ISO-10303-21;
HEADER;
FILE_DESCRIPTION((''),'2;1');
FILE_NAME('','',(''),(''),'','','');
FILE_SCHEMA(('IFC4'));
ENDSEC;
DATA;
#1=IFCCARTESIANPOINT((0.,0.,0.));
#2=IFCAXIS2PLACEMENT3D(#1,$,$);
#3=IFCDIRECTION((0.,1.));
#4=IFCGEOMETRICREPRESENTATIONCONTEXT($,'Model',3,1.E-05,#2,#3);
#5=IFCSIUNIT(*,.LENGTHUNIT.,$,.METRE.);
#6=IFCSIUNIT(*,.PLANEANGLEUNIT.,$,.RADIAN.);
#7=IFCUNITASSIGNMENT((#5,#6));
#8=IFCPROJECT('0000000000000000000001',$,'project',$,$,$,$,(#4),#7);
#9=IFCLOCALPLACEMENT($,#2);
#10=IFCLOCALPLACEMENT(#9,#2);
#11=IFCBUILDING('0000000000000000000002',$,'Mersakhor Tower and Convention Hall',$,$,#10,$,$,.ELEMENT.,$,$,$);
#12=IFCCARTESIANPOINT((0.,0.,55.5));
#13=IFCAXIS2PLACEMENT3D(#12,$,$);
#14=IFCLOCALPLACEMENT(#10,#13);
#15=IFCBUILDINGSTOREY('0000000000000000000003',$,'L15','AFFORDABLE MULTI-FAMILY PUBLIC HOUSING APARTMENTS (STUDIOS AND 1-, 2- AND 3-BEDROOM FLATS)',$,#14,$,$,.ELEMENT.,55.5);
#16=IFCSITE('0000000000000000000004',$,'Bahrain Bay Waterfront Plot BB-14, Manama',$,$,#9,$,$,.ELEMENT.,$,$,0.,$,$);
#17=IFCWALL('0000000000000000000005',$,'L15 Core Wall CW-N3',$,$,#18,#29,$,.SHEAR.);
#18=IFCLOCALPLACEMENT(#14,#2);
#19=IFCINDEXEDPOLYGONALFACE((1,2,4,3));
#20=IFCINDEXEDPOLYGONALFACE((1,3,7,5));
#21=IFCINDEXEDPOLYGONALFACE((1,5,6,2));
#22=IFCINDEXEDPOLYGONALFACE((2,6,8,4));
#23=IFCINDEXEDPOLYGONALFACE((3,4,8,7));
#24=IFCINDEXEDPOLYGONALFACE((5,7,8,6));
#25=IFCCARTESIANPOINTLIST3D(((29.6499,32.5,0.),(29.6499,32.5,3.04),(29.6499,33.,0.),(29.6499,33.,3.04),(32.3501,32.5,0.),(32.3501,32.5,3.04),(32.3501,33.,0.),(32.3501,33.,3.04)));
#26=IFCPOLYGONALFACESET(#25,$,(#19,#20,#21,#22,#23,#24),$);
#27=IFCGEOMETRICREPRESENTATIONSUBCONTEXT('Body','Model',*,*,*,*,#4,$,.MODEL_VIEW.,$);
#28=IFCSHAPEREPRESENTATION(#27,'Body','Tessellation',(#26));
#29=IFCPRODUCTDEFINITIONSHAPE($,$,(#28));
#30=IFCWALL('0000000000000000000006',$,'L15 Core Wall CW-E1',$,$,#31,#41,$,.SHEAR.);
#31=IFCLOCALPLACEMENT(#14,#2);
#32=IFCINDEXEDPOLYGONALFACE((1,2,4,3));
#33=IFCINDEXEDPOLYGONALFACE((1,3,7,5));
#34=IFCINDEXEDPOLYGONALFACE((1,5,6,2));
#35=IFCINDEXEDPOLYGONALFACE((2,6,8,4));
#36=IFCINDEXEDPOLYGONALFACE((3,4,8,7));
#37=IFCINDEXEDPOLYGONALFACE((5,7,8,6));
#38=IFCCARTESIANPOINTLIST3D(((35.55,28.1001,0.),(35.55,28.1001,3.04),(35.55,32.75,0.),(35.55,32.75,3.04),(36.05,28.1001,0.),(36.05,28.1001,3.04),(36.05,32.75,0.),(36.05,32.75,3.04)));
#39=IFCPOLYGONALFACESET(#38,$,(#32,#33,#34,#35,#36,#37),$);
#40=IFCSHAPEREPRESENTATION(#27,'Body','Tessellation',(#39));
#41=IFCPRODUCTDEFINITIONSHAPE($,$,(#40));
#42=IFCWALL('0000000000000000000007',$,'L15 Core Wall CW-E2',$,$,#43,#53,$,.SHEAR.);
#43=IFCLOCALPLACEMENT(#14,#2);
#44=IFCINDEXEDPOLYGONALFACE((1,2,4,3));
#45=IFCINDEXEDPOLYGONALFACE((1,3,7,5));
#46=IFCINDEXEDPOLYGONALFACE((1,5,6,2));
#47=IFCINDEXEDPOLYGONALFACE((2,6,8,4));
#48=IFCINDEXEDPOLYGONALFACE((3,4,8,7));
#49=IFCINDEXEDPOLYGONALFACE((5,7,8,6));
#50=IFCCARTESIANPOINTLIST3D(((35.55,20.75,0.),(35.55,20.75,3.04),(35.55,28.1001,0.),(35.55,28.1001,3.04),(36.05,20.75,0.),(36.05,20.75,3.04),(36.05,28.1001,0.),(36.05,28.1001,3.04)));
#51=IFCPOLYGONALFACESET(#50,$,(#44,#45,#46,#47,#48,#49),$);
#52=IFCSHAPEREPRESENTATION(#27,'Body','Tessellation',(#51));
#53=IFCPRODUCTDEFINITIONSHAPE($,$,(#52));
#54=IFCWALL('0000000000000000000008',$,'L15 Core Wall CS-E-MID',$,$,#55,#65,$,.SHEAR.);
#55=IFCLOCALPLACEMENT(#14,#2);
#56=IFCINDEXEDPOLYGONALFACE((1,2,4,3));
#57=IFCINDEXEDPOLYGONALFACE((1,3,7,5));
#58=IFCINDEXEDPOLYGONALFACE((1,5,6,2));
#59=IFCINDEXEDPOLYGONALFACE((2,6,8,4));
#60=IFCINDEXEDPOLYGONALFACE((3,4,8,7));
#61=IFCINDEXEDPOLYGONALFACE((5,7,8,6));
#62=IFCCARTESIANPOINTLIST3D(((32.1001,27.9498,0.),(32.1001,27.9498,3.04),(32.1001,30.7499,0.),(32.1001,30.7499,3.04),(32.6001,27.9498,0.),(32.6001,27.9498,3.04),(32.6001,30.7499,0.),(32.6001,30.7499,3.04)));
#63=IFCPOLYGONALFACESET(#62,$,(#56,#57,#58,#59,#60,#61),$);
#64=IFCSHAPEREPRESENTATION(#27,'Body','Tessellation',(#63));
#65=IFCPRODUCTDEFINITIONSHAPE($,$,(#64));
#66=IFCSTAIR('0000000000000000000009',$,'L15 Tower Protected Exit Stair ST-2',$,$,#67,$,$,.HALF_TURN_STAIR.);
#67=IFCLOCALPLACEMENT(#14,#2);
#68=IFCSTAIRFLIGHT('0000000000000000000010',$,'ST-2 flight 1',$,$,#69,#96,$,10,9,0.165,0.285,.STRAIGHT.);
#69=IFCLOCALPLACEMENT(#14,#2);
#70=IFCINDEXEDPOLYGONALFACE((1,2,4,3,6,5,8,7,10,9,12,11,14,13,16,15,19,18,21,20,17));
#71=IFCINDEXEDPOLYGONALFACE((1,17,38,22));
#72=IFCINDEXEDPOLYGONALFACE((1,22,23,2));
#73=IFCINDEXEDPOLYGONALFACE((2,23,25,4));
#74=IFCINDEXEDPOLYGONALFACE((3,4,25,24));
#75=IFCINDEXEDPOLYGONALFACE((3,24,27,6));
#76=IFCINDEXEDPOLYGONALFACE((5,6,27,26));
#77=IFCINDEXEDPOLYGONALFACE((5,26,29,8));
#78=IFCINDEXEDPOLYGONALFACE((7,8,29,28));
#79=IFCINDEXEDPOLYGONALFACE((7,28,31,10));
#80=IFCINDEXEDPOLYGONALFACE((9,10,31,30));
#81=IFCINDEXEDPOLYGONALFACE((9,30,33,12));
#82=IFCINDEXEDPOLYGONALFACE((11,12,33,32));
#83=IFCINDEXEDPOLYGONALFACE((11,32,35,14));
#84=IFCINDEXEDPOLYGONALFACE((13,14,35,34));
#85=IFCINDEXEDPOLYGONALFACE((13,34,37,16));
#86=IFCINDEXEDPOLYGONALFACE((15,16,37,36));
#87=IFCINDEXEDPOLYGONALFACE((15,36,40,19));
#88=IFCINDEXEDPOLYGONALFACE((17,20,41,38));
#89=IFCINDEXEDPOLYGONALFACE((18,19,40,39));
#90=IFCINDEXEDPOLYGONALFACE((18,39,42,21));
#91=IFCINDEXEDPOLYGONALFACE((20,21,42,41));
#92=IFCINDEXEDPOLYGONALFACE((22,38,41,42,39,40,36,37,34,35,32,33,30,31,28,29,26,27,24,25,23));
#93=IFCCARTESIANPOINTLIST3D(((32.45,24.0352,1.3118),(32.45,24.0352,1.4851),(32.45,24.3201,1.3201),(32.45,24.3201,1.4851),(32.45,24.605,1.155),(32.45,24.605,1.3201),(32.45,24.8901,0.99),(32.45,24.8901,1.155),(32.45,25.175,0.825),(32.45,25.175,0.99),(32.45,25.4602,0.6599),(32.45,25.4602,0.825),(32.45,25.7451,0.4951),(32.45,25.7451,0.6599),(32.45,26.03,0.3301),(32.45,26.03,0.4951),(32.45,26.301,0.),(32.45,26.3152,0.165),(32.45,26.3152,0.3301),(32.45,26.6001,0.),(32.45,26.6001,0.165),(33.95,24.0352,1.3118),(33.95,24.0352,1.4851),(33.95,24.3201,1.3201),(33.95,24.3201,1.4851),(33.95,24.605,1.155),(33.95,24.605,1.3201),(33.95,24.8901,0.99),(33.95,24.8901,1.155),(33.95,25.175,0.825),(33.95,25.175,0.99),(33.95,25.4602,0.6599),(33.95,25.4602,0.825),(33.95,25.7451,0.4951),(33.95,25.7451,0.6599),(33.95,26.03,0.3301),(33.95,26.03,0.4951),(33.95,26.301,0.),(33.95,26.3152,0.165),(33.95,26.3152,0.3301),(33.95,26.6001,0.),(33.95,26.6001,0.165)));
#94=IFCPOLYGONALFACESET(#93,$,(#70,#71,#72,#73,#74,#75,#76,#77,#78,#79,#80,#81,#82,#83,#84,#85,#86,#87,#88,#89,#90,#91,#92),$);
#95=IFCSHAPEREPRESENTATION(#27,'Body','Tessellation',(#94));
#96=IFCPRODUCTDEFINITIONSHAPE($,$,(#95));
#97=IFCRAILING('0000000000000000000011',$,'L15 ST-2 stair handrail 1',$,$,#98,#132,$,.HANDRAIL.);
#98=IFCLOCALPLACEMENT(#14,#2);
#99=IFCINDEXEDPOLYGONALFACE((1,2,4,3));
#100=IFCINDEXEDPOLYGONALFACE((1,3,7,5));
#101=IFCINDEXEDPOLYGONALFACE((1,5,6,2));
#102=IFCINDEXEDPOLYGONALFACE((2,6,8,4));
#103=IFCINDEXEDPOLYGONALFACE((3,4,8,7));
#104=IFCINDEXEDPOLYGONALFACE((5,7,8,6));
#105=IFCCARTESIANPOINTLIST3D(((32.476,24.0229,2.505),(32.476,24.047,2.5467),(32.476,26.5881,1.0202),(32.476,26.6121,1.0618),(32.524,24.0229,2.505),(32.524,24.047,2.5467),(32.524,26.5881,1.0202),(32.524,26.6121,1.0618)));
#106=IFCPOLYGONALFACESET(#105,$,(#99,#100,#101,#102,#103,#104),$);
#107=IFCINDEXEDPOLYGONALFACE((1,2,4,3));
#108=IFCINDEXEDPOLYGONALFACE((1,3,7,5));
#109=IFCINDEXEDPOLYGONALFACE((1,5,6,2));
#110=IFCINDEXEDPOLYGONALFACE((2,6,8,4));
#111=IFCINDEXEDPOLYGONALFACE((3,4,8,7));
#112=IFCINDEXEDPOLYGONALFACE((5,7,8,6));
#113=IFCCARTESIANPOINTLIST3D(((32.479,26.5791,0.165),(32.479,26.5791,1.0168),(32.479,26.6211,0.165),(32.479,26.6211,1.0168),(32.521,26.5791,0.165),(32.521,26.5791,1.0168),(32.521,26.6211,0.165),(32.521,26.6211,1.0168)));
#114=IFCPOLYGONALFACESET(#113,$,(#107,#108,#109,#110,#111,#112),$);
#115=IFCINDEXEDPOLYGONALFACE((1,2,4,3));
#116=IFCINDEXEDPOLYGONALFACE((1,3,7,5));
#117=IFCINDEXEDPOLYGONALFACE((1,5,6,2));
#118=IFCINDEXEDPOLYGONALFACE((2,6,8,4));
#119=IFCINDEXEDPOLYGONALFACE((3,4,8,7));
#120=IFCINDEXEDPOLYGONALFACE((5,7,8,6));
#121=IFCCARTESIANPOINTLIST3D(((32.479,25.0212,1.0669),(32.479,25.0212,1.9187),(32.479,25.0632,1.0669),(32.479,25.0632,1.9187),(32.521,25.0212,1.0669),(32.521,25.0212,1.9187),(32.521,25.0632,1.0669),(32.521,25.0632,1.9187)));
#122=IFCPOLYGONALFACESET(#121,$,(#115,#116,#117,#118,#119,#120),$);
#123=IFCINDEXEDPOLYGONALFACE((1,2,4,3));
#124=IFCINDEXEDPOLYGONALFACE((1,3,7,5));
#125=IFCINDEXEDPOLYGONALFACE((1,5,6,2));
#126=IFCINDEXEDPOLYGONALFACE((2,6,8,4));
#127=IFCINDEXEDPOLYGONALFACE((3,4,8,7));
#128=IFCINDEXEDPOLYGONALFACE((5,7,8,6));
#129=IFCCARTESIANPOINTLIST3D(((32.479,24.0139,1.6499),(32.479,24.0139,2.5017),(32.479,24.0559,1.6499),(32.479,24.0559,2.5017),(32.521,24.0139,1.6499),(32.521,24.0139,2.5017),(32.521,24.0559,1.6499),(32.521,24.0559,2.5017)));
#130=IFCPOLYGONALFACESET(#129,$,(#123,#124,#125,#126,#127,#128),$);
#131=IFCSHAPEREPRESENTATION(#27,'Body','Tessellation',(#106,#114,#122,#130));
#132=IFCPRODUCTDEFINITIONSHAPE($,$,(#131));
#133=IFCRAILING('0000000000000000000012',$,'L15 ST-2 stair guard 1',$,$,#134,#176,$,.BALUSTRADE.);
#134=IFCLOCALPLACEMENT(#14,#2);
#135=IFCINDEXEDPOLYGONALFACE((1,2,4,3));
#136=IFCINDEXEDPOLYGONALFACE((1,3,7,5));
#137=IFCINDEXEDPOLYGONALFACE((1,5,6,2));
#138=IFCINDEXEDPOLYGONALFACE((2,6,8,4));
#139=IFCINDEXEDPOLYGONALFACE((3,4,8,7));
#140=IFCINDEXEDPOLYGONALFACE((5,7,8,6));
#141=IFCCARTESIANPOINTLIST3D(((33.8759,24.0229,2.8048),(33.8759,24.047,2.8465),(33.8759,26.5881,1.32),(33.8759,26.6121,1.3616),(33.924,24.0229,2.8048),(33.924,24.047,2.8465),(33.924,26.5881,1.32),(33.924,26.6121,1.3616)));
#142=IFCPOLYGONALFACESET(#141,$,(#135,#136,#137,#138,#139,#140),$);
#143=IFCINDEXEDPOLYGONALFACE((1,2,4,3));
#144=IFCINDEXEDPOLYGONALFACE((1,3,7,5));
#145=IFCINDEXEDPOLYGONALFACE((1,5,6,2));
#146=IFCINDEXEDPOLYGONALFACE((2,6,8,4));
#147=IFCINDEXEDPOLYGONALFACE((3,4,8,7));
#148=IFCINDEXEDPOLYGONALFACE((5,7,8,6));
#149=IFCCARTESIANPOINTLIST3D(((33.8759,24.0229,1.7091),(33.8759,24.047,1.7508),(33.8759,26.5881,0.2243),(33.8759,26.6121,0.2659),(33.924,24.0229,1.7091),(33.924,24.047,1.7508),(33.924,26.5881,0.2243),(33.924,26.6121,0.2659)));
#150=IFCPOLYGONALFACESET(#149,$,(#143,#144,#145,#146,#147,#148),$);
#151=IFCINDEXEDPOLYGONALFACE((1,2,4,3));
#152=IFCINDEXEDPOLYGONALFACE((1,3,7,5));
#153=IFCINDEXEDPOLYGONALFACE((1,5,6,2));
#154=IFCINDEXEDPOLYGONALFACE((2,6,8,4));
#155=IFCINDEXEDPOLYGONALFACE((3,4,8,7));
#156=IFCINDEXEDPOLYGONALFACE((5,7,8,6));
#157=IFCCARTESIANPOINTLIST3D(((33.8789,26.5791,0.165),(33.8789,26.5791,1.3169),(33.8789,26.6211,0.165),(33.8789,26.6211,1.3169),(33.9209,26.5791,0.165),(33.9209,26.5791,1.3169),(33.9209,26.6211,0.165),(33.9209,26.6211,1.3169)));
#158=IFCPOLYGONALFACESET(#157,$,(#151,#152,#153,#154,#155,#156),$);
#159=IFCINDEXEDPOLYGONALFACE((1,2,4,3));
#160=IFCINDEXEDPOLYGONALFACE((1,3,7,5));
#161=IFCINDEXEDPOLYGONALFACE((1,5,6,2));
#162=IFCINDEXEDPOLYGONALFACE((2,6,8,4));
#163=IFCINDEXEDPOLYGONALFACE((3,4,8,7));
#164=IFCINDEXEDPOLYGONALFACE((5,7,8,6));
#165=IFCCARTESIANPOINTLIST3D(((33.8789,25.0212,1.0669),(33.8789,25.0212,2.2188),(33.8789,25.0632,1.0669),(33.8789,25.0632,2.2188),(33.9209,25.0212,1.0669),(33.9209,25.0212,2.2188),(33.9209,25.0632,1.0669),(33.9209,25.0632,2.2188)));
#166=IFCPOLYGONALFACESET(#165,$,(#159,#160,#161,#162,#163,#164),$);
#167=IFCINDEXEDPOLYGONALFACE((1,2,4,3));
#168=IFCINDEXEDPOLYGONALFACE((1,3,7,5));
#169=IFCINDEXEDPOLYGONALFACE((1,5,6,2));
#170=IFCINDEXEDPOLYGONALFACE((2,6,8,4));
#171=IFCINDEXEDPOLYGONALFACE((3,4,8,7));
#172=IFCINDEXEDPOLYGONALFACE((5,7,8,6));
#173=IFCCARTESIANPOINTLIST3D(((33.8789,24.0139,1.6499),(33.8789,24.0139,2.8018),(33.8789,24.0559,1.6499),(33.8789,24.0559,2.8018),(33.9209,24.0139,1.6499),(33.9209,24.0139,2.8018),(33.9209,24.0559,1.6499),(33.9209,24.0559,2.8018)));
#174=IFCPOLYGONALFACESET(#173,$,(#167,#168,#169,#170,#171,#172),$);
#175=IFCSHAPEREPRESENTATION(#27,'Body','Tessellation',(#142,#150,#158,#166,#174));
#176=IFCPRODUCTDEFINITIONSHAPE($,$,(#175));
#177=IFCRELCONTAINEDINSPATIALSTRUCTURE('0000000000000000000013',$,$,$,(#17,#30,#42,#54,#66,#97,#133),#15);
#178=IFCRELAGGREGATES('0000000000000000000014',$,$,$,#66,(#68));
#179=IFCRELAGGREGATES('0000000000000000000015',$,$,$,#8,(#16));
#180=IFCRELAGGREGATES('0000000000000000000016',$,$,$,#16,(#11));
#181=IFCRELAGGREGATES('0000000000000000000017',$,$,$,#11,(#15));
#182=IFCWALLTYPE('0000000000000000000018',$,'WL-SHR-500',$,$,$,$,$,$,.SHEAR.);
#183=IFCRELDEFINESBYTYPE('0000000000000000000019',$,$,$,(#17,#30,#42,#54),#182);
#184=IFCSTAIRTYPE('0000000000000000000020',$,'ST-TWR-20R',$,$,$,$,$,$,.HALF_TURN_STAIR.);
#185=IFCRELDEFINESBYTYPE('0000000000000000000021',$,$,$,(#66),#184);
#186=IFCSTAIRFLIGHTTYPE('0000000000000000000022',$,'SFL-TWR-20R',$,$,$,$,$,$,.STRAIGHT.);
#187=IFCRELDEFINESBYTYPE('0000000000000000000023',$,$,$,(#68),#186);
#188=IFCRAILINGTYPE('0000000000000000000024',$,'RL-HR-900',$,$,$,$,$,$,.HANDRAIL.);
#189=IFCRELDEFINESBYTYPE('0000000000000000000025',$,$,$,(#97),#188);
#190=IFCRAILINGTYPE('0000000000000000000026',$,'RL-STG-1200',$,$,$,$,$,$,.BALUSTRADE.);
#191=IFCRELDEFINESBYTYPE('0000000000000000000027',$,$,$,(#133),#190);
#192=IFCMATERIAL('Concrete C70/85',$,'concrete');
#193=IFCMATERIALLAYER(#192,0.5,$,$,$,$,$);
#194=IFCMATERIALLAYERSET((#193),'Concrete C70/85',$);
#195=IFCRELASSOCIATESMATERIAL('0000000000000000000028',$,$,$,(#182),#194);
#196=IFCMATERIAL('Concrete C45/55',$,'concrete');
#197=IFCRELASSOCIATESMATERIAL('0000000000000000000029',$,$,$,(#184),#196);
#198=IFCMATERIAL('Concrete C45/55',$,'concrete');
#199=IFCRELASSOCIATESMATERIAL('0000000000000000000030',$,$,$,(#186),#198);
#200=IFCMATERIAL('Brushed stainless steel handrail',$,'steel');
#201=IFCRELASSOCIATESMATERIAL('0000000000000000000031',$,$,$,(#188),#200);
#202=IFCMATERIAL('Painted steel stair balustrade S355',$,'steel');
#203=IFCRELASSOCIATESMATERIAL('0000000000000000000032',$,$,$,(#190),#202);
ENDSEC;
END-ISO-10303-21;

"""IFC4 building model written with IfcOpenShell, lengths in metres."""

from ifc_helpers import new_model, si_unit, direction, frame, frame_2d, origin, origin_2d, place, context, subcontext, project, spatial, polyline, rectangle, outline, extrude, material, layer, layer_set, type_object, element, aggregate, save


model = new_model("IFC4")

# Units and contexts
model_context = context("Model", 3, precision=1e-05, world=origin(), true_north=direction((0.0, 1.0)))
body_context = subcontext(model_context, "Body", "Model", "MODEL_VIEW")
ifc_project = project(units=[si_unit("LENGTHUNIT", "METRE"), si_unit("PLANEANGLEUNIT", "RADIAN")], contexts=[model_context])

# Site, building, storey
site_placement = place(None, origin())
site = spatial("IfcSite", under=ifc_project, at=site_placement, Name="Bahrain Bay Waterfront Plot BB-14, Manama", CompositionType="ELEMENT", RefElevation=0.0)
building_placement = place(site_placement, origin())
building = spatial("IfcBuilding", under=site, at=building_placement, Name="Mersakhor Tower and Convention Hall", CompositionType="ELEMENT")
storey_placement = place(building_placement, frame((0.0, 0.0, 55.5)))
storey = spatial("IfcBuildingStorey", under=building, at=storey_placement, Name="L15", Description="AFFORDABLE MULTI-FAMILY PUBLIC HOUSING APARTMENTS (STUDIOS AND 1-, 2- AND 3-BEDROOM FLATS)", CompositionType="ELEMENT", Elevation=55.5)

# Wall
ifc_material_1 = material(Name="Concrete C70/85", Category="concrete")
ifc_layer_1 = layer(ifc_material_1, 0.5)
ifc_layer_set_1 = layer_set([ifc_layer_1], Name="Concrete C70/85")
wall_type_1 = type_object("IfcWallType", Name="WL-SHR-500", PredefinedType="SHEAR", material=ifc_layer_set_1)
wall_1_placement = place(storey_placement, frame((29.6499, 32.75, 0.0), z_axis=(0.0, 0.0, 1.0), x_axis=(1.0, 0.0, 0.0)))
element("IfcWall", 1, at=wall_1_placement, inside=storey, type_object=wall_type_1, Name="L15 Core Wall CW-N3", PredefinedType="SHEAR", context=body_context, shape_type="SweptSolid", body=[
    extrude(rectangle(XDim=2.7002, YDim=0.5, at=frame_2d((1.3501, 0.0))), origin(), (0.0, 0.0, 1.0), 3.04),
])

# Walls
wall_2_placement = place(storey_placement, frame((35.8, 32.75, 0.0), z_axis=(0.0, 0.0, 1.0), x_axis=(0.0, -1.0, 0.0)))
element("IfcWall", 2, at=wall_2_placement, inside=storey, type_object=wall_type_1, Name="L15 Core Wall CW-E1", PredefinedType="SHEAR", context=body_context, shape_type="SweptSolid", body=[
    extrude(rectangle(XDim=4.6499, YDim=0.5, at=frame_2d((2.325, 0.0))), origin(), (0.0, 0.0, 1.0), 3.04),
])
wall_3_placement = place(storey_placement, frame((35.8, 28.1001, 0.0), z_axis=(0.0, 0.0, 1.0), x_axis=(0.0, -1.0, 0.0)))
element("IfcWall", 3, at=wall_3_placement, inside=storey, type_object=wall_type_1, Name="L15 Core Wall CW-E2", PredefinedType="SHEAR", context=body_context, shape_type="SweptSolid", body=[
    extrude(rectangle(XDim=7.3501, YDim=0.5, at=frame_2d((3.675, 0.0))), origin(), (0.0, 0.0, 1.0), 3.04),
])
wall_4_placement = place(storey_placement, frame((32.3501, 27.95, 0.0), z_axis=(0.0, 0.0, 1.0), x_axis=(0.0, 1.0, 0.0)))
element("IfcWall", 4, at=wall_4_placement, inside=storey, type_object=wall_type_1, Name="L15 Core Wall CS-E-MID", PredefinedType="SHEAR", context=body_context, shape_type="SweptSolid", body=[
    extrude(rectangle(XDim=2.8, YDim=0.5, at=frame_2d((1.3999, 0.0))), origin(), (0.0, 0.0, 1.0), 3.04),
])

# Stair, stair flight
ifc_material_2 = material(Name="Concrete C45/55", Category="concrete")
stair_type = type_object("IfcStairType", Name="ST-TWR-20R", PredefinedType="HALF_TURN_STAIR", material=ifc_material_2)
stair_placement = place(storey_placement, origin())
stair = element("IfcStair", 5, at=stair_placement, inside=storey, type_object=stair_type, Name="L15 Tower Protected Exit Stair ST-2", PredefinedType="HALF_TURN_STAIR")
ifc_material_3 = material(Name="Concrete C45/55", Category="concrete")
stair_flight_type = type_object("IfcStairFlightType", Name="SFL-TWR-20R", PredefinedType="STRAIGHT", material=ifc_material_3)
stair_flight_placement = place(storey_placement, frame((33.2, 26.6001, 0.0), z_axis=(0.0, 0.0, 1.0), x_axis=(0.0, -1.0, 0.0)))
stair_flight = element("IfcStairFlight", 6, at=stair_flight_placement, type_object=stair_flight_type, Name="ST-2 flight 1", NumberOfRisers=10, NumberOfTreads=9, PredefinedType="STRAIGHT", RiserHeight=0.165, TreadLength=0.285, context=body_context, shape_type="SweptSolid", body=[
    extrude(outline(polyline([(0.0, 0.0), (0.0, 0.165), (0.2849, 0.165), (0.2849, 0.3301), (0.5701, 0.3301), (0.5701, 0.4951), (0.855, 0.4951), (0.855, 0.6599), (1.1399, 0.6599), (1.1399, 0.825), (1.425, 0.825), (1.425, 0.99), (1.71, 0.99), (1.71, 1.155), (1.9951, 1.155), (1.9951, 1.3201), (2.28, 1.3201), (2.28, 1.4851), (2.5649, 1.4851), (2.5649, 1.6499), (2.5649, 1.3118), (0.2991, 0.0), (0.0, 0.0)])), frame((0.0, 0.75, 0.0), z_axis=(0.0, -1.0, 0.0), x_axis=(1.0, 0.0, 0.0)), (0.0, 0.0, 1.0), 1.5),
])
aggregate(stair, [stair_flight])

# Railings
ifc_material_4 = material(Name="Brushed stainless steel handrail", Category="steel")
railing_type_1 = type_object("IfcRailingType", Name="RL-HR-900", PredefinedType="HANDRAIL", material=ifc_material_4)
railing_1_placement = place(storey_placement, frame((32.5, 26.6001, 0.165)))
element("IfcRailing", 7, at=railing_1_placement, inside=storey, type_object=railing_type_1, Name="L15 ST-2 stair handrail 1", PredefinedType="HANDRAIL", context=body_context, shape_type="SweptSolid", body=[
    extrude(rectangle(XDim=0.0481, YDim=0.0481, at=origin_2d()), frame((0.0, 0.0, 0.876), z_axis=(0.0, -0.865462, 0.500975), x_axis=(1.0, 0.0, 0.0)), (0.0, 0.0, 1.0), 2.9639),
    extrude(rectangle(XDim=0.042, YDim=0.042, at=origin_2d()), origin(), (0.0, 0.0, 1.0), 0.8518),
    extrude(rectangle(XDim=0.042, YDim=0.042, at=origin_2d()), frame((0.0, -1.5579, 0.9019)), (0.0, 0.0, 1.0), 0.8518),
    extrude(rectangle(XDim=0.042, YDim=0.042, at=origin_2d()), frame((0.0, -2.5652, 1.4849)), (0.0, 0.0, 1.0), 0.8518),
])
ifc_material_5 = material(Name="Painted steel stair balustrade S355", Category="steel")
railing_type_2 = type_object("IfcRailingType", Name="RL-STG-1200", PredefinedType="BALUSTRADE", material=ifc_material_5)
railing_2_placement = place(storey_placement, frame((33.8999, 26.6001, 0.165)))
element("IfcRailing", 8, at=railing_2_placement, inside=storey, type_object=railing_type_2, Name="L15 ST-2 stair guard 1", PredefinedType="BALUSTRADE", context=body_context, shape_type="SweptSolid", body=[
    extrude(rectangle(XDim=0.0481, YDim=0.0481, at=origin_2d()), frame((0.0, 0.0, 1.1758), z_axis=(0.0, -0.865462, 0.500975), x_axis=(1.0, 0.0, 0.0)), (0.0, 0.0, 1.0), 2.9639),
    extrude(rectangle(XDim=0.0481, YDim=0.0481, at=origin_2d()), frame((0.0, 0.0, 0.0801), z_axis=(0.0, -0.865462, 0.500975), x_axis=(1.0, 0.0, 0.0)), (0.0, 0.0, 1.0), 2.9639),
    extrude(rectangle(XDim=0.042, YDim=0.042, at=origin_2d()), origin(), (0.0, 0.0, 1.0), 1.1519),
    extrude(rectangle(XDim=0.042, YDim=0.042, at=origin_2d()), frame((0.0, -1.5579, 0.9019)), (0.0, 0.0, 1.0), 1.1519),
    extrude(rectangle(XDim=0.042, YDim=0.042, at=origin_2d()), frame((0.0, -2.5652, 1.4849)), (0.0, 0.0, 1.0), 1.1519),
])

save(model, "model.ifc")
